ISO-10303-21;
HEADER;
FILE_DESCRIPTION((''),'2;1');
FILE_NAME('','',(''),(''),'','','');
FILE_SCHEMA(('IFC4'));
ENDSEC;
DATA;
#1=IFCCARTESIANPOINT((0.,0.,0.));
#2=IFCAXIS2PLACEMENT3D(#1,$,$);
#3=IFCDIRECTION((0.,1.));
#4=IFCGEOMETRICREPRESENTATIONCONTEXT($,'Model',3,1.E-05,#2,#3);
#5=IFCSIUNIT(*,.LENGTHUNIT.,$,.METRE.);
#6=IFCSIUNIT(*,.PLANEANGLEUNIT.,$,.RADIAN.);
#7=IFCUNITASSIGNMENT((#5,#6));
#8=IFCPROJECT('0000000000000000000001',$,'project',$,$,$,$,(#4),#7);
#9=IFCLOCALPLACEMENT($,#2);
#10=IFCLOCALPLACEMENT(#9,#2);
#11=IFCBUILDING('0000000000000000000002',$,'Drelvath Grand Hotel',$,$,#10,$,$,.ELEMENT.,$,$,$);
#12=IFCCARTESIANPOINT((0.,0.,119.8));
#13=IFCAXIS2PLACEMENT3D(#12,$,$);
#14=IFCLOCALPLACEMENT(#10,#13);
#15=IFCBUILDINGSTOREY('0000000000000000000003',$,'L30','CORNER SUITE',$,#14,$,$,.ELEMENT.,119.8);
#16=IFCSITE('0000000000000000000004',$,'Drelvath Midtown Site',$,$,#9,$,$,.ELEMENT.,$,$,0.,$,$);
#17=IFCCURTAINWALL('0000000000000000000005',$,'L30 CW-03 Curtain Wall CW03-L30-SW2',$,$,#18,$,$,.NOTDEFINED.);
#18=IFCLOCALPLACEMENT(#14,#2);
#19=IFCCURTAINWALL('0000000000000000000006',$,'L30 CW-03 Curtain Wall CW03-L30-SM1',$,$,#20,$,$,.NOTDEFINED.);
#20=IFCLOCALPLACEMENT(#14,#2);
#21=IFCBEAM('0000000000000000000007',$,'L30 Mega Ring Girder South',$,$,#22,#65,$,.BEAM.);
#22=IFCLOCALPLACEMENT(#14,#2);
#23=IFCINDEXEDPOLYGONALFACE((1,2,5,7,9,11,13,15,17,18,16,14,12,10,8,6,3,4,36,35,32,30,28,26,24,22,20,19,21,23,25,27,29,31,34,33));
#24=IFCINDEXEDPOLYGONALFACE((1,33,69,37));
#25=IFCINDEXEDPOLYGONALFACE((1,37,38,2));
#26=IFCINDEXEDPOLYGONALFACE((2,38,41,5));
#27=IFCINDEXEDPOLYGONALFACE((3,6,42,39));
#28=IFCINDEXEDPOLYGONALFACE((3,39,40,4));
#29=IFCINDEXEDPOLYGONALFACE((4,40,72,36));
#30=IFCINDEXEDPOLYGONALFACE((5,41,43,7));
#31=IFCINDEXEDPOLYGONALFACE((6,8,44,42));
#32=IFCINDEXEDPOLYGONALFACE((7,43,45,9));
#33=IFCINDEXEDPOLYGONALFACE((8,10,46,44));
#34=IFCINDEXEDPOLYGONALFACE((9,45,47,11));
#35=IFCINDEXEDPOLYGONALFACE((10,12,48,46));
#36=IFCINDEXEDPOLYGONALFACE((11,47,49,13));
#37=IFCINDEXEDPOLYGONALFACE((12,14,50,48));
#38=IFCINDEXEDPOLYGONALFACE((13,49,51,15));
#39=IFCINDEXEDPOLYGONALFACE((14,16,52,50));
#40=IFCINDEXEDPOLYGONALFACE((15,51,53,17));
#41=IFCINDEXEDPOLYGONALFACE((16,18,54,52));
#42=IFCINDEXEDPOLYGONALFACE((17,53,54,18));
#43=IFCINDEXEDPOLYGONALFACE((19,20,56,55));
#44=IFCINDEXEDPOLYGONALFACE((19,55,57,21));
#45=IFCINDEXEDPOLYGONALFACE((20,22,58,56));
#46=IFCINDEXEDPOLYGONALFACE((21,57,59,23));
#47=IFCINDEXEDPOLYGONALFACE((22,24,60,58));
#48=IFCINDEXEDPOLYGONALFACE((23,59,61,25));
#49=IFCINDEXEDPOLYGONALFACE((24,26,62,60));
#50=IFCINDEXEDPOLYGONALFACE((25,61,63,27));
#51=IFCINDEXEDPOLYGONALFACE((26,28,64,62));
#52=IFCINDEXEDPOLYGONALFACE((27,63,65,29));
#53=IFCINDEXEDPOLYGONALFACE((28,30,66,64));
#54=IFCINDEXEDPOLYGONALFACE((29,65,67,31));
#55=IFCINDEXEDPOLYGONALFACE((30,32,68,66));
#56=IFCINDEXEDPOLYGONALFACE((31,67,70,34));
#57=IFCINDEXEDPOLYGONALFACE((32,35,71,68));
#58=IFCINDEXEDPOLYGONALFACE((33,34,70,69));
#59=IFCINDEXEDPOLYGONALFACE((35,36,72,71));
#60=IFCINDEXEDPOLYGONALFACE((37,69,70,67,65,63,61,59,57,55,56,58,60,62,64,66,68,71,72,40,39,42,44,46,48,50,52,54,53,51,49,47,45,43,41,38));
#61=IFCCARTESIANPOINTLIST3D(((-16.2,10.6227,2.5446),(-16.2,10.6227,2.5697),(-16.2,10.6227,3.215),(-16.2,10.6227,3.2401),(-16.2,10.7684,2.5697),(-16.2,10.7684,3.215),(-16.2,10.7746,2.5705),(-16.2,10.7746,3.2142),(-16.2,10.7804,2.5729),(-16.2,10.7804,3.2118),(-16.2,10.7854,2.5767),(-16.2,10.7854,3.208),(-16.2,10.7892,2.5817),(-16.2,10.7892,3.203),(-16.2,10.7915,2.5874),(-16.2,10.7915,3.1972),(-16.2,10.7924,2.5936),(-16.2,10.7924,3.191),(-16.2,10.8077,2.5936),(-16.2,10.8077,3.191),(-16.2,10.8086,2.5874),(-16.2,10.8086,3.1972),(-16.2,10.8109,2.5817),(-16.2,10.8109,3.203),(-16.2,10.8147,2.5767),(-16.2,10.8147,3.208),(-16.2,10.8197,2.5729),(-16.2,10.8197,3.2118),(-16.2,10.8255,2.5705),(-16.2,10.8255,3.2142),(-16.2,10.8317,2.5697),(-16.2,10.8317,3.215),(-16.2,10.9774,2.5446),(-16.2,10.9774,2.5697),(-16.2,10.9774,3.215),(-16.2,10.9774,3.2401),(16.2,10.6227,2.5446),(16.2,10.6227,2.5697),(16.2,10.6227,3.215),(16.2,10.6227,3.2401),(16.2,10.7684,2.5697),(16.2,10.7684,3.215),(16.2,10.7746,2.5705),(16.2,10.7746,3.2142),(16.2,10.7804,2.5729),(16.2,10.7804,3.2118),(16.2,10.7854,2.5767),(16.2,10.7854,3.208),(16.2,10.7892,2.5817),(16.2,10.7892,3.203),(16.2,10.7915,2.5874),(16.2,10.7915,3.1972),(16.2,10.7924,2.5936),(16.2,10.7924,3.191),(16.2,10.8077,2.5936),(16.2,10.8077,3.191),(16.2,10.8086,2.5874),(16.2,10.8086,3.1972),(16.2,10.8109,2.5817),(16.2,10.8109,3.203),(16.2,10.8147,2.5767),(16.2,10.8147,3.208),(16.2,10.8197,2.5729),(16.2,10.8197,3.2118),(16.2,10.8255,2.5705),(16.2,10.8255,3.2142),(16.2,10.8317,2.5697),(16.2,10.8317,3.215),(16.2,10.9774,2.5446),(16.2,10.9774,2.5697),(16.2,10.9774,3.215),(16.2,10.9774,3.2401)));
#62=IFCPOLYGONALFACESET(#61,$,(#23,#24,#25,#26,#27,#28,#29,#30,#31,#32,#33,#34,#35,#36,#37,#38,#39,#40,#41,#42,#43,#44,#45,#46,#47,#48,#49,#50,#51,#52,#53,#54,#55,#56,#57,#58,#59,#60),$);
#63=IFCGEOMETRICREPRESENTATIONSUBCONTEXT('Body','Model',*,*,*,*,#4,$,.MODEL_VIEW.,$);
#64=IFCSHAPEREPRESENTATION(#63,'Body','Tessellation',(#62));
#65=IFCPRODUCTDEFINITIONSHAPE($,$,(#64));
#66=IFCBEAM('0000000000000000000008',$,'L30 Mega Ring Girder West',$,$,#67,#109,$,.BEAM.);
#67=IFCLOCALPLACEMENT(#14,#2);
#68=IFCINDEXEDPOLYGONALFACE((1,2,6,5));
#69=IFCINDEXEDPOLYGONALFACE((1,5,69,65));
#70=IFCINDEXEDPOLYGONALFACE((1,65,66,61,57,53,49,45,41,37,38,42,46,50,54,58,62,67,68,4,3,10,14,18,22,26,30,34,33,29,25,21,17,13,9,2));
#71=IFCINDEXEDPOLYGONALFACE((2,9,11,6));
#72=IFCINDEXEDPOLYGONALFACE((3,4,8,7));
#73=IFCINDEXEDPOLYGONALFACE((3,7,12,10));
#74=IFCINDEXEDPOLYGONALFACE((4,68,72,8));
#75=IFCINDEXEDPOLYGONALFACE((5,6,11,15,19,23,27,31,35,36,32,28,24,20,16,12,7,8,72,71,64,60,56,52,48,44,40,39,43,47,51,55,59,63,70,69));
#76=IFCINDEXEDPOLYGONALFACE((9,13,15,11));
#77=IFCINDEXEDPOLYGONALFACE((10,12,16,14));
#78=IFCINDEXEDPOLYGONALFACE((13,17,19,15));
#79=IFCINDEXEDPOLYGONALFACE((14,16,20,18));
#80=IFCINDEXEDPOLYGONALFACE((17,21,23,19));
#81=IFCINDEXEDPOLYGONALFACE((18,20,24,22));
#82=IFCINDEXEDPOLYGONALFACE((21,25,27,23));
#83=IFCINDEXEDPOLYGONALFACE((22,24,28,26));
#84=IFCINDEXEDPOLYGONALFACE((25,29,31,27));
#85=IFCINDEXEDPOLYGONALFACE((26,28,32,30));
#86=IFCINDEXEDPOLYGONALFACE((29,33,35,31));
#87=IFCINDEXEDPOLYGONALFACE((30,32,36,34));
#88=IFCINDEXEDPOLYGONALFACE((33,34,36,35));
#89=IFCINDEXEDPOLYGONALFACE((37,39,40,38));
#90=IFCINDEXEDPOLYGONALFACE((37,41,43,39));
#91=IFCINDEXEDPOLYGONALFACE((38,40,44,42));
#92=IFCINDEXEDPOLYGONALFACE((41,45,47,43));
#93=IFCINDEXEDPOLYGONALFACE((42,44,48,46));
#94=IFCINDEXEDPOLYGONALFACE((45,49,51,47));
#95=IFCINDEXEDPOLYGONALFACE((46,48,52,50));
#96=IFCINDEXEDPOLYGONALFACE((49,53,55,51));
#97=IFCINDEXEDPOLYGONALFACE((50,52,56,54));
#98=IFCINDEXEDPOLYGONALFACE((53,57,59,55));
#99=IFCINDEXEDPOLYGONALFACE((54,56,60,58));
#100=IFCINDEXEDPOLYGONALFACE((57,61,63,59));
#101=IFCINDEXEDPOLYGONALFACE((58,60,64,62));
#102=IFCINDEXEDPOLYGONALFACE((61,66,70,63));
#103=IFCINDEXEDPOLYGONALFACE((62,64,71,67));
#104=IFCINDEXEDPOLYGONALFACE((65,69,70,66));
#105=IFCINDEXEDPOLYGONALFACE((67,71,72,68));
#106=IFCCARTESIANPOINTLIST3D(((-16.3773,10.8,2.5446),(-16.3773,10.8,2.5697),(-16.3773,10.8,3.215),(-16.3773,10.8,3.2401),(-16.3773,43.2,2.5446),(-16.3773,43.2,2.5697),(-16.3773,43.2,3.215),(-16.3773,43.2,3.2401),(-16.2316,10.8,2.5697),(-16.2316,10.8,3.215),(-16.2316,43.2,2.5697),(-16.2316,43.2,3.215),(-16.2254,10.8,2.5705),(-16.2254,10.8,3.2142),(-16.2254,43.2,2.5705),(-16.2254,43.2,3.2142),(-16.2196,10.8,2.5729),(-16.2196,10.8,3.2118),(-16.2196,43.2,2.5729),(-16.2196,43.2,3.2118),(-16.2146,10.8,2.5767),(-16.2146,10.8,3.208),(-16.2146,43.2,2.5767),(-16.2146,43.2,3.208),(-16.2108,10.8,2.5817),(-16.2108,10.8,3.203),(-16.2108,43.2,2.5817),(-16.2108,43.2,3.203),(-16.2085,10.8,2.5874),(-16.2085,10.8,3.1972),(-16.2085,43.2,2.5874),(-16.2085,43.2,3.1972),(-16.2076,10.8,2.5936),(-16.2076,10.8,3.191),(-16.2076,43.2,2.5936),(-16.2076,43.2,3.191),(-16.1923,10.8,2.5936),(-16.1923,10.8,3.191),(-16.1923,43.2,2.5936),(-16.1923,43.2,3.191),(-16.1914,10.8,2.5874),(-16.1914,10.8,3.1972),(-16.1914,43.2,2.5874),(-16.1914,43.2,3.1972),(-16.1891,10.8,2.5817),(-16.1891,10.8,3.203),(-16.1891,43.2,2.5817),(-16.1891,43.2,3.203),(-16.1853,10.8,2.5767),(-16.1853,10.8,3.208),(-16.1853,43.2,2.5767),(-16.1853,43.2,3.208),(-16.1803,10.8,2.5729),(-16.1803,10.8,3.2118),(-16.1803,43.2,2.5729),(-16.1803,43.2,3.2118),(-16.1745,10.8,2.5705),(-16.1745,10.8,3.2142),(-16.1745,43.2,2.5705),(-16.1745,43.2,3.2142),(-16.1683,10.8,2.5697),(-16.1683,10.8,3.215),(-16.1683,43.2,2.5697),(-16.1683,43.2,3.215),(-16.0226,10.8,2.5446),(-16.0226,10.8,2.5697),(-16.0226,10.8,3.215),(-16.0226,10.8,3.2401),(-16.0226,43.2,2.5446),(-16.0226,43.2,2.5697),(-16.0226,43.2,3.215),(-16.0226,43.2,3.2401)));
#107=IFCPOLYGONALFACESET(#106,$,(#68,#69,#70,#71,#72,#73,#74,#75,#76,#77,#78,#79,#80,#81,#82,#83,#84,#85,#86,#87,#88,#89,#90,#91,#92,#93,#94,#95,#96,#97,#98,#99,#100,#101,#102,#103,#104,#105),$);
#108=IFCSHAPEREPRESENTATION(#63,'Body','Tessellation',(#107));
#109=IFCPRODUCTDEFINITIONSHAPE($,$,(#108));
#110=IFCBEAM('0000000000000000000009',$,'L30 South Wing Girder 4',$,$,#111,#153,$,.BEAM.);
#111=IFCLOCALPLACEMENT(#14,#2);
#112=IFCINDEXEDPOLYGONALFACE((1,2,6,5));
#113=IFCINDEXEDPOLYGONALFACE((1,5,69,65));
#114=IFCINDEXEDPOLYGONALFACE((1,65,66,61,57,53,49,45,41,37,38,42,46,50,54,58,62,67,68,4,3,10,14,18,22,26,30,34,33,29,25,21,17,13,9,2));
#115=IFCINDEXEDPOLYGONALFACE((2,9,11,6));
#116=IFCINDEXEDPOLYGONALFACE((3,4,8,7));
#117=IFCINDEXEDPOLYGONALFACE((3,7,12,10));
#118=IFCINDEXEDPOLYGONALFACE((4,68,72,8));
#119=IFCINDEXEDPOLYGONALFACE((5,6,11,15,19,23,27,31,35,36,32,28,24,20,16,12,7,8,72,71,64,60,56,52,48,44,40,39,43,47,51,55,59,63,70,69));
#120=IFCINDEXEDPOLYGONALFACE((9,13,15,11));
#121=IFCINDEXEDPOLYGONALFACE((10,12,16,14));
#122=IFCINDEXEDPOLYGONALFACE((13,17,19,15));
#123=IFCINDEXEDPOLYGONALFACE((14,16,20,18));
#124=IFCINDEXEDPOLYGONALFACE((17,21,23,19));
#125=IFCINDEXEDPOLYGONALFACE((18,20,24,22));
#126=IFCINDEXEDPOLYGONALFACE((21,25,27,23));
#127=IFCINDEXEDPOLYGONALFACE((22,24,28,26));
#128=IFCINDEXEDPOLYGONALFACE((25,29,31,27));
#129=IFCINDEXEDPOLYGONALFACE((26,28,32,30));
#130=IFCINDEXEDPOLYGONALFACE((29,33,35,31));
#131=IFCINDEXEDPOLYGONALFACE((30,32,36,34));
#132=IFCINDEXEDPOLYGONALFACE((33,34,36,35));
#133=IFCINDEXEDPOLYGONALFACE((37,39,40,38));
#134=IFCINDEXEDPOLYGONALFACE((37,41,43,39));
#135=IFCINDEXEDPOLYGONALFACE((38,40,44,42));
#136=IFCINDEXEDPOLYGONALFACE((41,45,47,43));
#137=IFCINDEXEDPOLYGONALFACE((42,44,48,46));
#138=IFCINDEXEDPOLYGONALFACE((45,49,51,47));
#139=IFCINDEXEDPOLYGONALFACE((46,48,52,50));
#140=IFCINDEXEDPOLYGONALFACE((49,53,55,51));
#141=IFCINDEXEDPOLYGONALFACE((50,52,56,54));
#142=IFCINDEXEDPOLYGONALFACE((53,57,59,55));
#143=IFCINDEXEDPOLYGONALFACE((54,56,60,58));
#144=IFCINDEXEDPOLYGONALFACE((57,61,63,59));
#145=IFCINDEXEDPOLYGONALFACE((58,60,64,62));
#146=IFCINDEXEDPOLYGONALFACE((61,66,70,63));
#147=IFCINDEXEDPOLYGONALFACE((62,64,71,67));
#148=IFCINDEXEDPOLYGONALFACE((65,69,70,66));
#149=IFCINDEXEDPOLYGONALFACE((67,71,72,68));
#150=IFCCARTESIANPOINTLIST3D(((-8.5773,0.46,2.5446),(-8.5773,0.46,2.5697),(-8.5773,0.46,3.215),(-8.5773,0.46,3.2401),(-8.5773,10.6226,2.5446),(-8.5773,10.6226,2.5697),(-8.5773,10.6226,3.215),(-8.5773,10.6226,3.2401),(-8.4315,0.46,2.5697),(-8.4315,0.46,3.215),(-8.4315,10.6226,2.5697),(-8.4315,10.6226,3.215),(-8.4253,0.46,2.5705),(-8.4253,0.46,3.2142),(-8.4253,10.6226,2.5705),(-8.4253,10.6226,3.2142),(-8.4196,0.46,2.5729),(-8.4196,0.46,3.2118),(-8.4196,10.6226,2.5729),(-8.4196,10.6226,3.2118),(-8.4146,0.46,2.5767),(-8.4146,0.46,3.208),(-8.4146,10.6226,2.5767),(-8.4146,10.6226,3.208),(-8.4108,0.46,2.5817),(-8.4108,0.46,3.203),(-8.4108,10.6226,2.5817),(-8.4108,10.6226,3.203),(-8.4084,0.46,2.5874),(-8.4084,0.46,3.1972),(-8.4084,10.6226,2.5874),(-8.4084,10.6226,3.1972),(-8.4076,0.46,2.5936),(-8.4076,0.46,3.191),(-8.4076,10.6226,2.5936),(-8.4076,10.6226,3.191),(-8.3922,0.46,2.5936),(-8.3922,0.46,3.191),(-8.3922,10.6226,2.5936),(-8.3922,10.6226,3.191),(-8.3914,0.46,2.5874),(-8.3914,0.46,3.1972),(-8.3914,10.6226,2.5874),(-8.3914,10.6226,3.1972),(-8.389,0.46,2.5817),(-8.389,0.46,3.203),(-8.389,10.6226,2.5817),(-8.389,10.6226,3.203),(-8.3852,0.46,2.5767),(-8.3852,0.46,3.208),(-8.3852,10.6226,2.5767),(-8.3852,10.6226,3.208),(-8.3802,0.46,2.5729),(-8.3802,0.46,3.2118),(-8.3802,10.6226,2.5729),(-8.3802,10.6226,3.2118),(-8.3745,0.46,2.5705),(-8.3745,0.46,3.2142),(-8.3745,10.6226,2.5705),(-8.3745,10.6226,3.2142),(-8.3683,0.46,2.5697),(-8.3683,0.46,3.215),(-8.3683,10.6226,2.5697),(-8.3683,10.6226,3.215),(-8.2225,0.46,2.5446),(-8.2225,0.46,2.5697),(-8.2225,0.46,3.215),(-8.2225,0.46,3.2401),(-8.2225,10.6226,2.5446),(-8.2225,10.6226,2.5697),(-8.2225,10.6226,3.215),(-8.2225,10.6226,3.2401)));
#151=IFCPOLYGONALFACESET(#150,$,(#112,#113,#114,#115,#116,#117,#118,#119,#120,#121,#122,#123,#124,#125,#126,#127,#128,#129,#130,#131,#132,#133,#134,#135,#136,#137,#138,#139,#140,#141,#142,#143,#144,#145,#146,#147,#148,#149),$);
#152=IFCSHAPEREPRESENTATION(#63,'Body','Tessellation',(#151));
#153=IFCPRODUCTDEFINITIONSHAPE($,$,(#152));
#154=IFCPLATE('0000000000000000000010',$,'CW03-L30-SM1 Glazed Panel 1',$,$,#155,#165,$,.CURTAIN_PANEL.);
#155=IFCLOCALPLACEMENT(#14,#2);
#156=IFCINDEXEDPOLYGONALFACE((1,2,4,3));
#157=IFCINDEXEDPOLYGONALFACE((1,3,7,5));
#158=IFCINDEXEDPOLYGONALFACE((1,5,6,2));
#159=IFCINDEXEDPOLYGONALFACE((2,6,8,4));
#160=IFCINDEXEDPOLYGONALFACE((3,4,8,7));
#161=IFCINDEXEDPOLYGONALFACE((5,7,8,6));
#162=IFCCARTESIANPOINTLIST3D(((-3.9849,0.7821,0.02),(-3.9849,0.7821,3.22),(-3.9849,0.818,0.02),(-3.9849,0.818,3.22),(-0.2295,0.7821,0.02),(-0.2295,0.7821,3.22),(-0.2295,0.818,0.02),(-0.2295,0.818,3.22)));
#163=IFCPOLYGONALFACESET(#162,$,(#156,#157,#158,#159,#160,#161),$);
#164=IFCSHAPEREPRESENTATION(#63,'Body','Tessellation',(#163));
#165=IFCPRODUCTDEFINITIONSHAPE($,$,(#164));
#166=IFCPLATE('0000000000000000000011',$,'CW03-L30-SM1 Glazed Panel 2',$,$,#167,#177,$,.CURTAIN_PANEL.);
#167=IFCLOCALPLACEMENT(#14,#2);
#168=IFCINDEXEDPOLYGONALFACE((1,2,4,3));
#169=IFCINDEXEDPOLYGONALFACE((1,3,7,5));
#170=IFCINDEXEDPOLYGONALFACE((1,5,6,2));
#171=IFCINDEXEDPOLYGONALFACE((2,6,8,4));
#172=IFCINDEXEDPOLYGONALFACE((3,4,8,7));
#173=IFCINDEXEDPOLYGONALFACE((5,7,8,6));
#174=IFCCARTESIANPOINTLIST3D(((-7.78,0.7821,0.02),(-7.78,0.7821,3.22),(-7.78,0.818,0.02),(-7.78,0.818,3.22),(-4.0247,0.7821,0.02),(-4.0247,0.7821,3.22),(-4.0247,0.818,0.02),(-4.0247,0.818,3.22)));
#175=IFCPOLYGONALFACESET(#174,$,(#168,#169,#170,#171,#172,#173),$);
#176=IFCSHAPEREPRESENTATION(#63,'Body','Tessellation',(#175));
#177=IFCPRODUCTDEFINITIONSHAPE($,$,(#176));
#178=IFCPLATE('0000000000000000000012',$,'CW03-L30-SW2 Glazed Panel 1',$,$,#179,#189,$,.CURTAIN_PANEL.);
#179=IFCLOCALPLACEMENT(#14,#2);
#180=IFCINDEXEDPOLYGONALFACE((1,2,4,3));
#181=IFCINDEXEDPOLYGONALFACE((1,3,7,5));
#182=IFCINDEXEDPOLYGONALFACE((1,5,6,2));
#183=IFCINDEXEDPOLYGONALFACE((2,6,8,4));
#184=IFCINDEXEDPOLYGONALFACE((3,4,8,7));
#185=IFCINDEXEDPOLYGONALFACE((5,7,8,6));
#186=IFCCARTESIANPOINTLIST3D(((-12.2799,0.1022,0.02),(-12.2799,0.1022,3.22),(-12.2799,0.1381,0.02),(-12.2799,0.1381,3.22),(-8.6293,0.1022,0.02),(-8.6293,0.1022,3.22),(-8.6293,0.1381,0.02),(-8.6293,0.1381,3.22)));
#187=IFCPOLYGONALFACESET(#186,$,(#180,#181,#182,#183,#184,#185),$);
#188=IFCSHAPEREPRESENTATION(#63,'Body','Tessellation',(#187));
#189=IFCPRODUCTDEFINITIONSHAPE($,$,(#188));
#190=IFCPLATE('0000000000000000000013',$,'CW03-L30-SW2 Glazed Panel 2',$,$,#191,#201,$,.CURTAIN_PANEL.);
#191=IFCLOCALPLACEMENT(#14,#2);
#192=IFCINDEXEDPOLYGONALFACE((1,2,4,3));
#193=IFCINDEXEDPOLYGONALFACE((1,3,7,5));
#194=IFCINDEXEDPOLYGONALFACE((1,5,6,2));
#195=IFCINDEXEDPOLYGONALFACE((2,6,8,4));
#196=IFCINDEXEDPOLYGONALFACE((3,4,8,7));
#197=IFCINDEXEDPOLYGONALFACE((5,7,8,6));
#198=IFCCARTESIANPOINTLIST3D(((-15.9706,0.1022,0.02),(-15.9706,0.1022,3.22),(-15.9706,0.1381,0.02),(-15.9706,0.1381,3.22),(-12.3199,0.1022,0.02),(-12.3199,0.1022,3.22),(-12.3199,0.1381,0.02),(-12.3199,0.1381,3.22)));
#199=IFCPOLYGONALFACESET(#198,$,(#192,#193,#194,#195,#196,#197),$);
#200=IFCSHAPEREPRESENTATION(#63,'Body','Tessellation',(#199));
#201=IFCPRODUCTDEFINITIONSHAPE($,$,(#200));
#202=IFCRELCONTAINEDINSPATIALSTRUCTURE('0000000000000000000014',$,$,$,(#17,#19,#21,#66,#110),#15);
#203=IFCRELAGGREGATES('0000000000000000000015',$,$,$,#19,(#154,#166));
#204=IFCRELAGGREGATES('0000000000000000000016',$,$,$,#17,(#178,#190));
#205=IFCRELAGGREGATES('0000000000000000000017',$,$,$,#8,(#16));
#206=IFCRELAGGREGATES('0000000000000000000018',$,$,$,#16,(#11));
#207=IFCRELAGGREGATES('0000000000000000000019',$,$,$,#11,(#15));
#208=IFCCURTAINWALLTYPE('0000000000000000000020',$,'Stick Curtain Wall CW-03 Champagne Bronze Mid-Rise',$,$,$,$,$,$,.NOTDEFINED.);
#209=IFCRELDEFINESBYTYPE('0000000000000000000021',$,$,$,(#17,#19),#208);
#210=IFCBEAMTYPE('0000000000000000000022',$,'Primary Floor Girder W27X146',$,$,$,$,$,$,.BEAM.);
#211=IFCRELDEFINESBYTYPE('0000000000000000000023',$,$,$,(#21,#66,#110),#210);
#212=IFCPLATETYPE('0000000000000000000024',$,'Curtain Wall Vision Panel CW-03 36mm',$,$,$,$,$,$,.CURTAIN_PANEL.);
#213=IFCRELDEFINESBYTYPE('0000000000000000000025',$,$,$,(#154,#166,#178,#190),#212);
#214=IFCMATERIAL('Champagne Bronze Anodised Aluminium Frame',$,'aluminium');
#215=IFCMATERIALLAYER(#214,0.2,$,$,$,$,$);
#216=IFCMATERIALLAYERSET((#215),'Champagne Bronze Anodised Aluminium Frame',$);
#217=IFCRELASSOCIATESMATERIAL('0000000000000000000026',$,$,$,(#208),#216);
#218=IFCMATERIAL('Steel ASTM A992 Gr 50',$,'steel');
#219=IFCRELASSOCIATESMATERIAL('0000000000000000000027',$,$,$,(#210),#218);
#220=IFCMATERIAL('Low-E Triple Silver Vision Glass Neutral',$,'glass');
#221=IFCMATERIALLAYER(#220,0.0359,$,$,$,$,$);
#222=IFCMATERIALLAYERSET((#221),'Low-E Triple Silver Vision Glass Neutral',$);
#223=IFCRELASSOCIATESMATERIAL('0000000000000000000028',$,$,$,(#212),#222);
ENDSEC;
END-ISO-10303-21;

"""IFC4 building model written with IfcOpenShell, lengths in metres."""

from ifc_helpers import new_model, si_unit, direction, frame, origin, origin_2d, place, context, subcontext, project, spatial, rectangle, i_section, extrude, material, layer, layer_set, material_profile, profile_set, type_object, element, aggregate, save


model = new_model("IFC4")

# Units and contexts
model_context = context("Model", 3, precision=1e-05, world=origin(), true_north=direction((0.0, 1.0)))
body_context = subcontext(model_context, "Body", "Model", "MODEL_VIEW")
ifc_project = project(units=[si_unit("LENGTHUNIT", "METRE"), si_unit("PLANEANGLEUNIT", "RADIAN")], contexts=[model_context])

# Site, building, storey
site_placement = place(None, origin())
site = spatial("IfcSite", under=ifc_project, at=site_placement, Name="Drelvath Midtown Site", CompositionType="ELEMENT", RefElevation=0.0)
building_placement = place(site_placement, origin())
building = spatial("IfcBuilding", under=site, at=building_placement, Name="Drelvath Grand Hotel", CompositionType="ELEMENT")
storey_placement = place(building_placement, frame((0.0, 0.0, 119.8)))
storey = spatial("IfcBuildingStorey", under=building, at=storey_placement, Name="L30", Description="CORNER SUITE", CompositionType="ELEMENT", Elevation=119.8)

# Shared definitions
ifc_material_1 = material(Name="Steel ASTM A992 Gr 50", Category="steel")

# Curtain wall
ifc_material_2 = material(Name="Champagne Bronze Anodised Aluminium Frame", Category="aluminium")
ifc_layer_1 = layer(ifc_material_2, 0.2)
ifc_layer_set_1 = layer_set([ifc_layer_1], Name="Champagne Bronze Anodised Aluminium Frame")
curtain_wall_type = type_object("IfcCurtainWallType", Name="Stick Curtain Wall CW-03 Champagne Bronze Mid-Rise", PredefinedType="NOTDEFINED", material=ifc_layer_set_1)
curtain_wall_1_placement = place(storey_placement, origin())
curtain_wall_1 = element("IfcCurtainWall", 1, at=curtain_wall_1_placement, inside=storey, type_object=curtain_wall_type, Name="L30 CW-03 Curtain Wall CW03-L30-SW2", PredefinedType="NOTDEFINED")

# Curtain wall
curtain_wall_2_placement = place(storey_placement, origin())
curtain_wall_2 = element("IfcCurtainWall", 2, at=curtain_wall_2_placement, inside=storey, type_object=curtain_wall_type, Name="L30 CW-03 Curtain Wall CW03-L30-SM1", PredefinedType="NOTDEFINED")

# Beams
ifc_material_profile_1 = material_profile(ifc_material_1, i_section(OverallWidth=0.3547, OverallDepth=0.6956, WebThickness=0.0154, FlangeThickness=0.0251, FilletRadius=0.0239, at=origin_2d()), Name="W27X146")
ifc_profile_set_1 = profile_set([ifc_material_profile_1], Name="Steel ASTM A992 Gr 50")
beam_type_1 = type_object("IfcBeamType", Name="Primary Floor Girder W27X146", PredefinedType="BEAM", material=ifc_profile_set_1)
for number, where, z_axis, x_axis, name in (
    (3, (-16.2, 10.8, 2.8923), (1.0, 0.0, 0.0), (0.0, 1.0, 0.0), "L30 Mega Ring Girder South"),
    (4, (-16.2, 10.8, 2.8923), (0.0, 1.0, 0.0), (-1.0, 0.0, 0.0), "L30 Mega Ring Girder West"),
):
    element("IfcBeam", number, at=place(storey_placement, frame(where, z_axis=z_axis, x_axis=x_axis)), inside=storey, type_object=beam_type_1, Name=name, PredefinedType="BEAM", context=body_context, shape_type="SweptSolid", body=[
        extrude(i_section(OverallWidth=0.3547, OverallDepth=0.6956, WebThickness=0.0154, FlangeThickness=0.0251, FilletRadius=0.0239, at=origin_2d()), origin(), (0.0, 0.0, 1.0), 32.3999),
    ])
beam_1_placement = place(storey_placement, frame((-8.3999, 0.46, 2.8923), z_axis=(0.0, 1.0, 0.0), x_axis=(-1.0, 0.0, 0.0)))
element("IfcBeam", 5, at=beam_1_placement, inside=storey, type_object=beam_type_1, Name="L30 South Wing Girder 4", PredefinedType="BEAM", context=body_context, shape_type="SweptSolid", body=[
    extrude(i_section(OverallWidth=0.3547, OverallDepth=0.6956, WebThickness=0.0154, FlangeThickness=0.0251, FilletRadius=0.0239, at=origin_2d()), origin(), (0.0, 0.0, 1.0), 10.1626),
])

# Plates
ifc_material_3 = material(Name="Low-E Triple Silver Vision Glass Neutral", Category="glass")
ifc_layer_2 = layer(ifc_material_3, 0.0359)
ifc_layer_set_2 = layer_set([ifc_layer_2], Name="Low-E Triple Silver Vision Glass Neutral")
plate_type = type_object("IfcPlateType", Name="Curtain Wall Vision Panel CW-03 36mm", PredefinedType="CURTAIN_PANEL", material=ifc_layer_set_2)
plate_1_placement = place(storey_placement, frame((-2.1072, 0.8, 0.02), z_axis=(0.0, 0.0, 1.0), x_axis=(-1.0, 0.0, 0.0)))
plate_1 = element("IfcPlate", 6, at=plate_1_placement, type_object=plate_type, Name="CW03-L30-SM1 Glazed Panel 1", PredefinedType="CURTAIN_PANEL", context=body_context, shape_type="SweptSolid", body=[
    extrude(rectangle(XDim=3.7554, YDim=0.0359, at=origin_2d()), origin(), (0.0, 0.0, 1.0), 3.2),
])
plate_2_placement = place(storey_placement, frame((-5.9023, 0.8, 0.02), z_axis=(0.0, 0.0, 1.0), x_axis=(-1.0, 0.0, 0.0)))
plate_2 = element("IfcPlate", 7, at=plate_2_placement, type_object=plate_type, Name="CW03-L30-SM1 Glazed Panel 2", PredefinedType="CURTAIN_PANEL", context=body_context, shape_type="SweptSolid", body=[
    extrude(rectangle(XDim=3.7554, YDim=0.0359, at=origin_2d()), origin(), (0.0, 0.0, 1.0), 3.2),
])
aggregate(curtain_wall_2, [plate_1, plate_2])
plate_3_placement = place(storey_placement, frame((-10.4546, 0.1201, 0.02), z_axis=(0.0, 0.0, 1.0), x_axis=(-1.0, 0.0, 0.0)))
plate_3 = element("IfcPlate", 8, at=plate_3_placement, type_object=plate_type, Name="CW03-L30-SW2 Glazed Panel 1", PredefinedType="CURTAIN_PANEL", context=body_context, shape_type="SweptSolid", body=[
    extrude(rectangle(XDim=3.6506, YDim=0.0359, at=origin_2d()), origin(), (0.0, 0.0, 1.0), 3.2),
])
plate_4_placement = place(storey_placement, frame((-14.1453, 0.1201, 0.02), z_axis=(0.0, 0.0, 1.0), x_axis=(-1.0, 0.0, 0.0)))
plate_4 = element("IfcPlate", 9, at=plate_4_placement, type_object=plate_type, Name="CW03-L30-SW2 Glazed Panel 2", PredefinedType="CURTAIN_PANEL", context=body_context, shape_type="SweptSolid", body=[
    extrude(rectangle(XDim=3.6506, YDim=0.0359, at=origin_2d()), origin(), (0.0, 0.0, 1.0), 3.2),
])
aggregate(curtain_wall_1, [plate_3, plate_4])

save(model, "model.ifc")
